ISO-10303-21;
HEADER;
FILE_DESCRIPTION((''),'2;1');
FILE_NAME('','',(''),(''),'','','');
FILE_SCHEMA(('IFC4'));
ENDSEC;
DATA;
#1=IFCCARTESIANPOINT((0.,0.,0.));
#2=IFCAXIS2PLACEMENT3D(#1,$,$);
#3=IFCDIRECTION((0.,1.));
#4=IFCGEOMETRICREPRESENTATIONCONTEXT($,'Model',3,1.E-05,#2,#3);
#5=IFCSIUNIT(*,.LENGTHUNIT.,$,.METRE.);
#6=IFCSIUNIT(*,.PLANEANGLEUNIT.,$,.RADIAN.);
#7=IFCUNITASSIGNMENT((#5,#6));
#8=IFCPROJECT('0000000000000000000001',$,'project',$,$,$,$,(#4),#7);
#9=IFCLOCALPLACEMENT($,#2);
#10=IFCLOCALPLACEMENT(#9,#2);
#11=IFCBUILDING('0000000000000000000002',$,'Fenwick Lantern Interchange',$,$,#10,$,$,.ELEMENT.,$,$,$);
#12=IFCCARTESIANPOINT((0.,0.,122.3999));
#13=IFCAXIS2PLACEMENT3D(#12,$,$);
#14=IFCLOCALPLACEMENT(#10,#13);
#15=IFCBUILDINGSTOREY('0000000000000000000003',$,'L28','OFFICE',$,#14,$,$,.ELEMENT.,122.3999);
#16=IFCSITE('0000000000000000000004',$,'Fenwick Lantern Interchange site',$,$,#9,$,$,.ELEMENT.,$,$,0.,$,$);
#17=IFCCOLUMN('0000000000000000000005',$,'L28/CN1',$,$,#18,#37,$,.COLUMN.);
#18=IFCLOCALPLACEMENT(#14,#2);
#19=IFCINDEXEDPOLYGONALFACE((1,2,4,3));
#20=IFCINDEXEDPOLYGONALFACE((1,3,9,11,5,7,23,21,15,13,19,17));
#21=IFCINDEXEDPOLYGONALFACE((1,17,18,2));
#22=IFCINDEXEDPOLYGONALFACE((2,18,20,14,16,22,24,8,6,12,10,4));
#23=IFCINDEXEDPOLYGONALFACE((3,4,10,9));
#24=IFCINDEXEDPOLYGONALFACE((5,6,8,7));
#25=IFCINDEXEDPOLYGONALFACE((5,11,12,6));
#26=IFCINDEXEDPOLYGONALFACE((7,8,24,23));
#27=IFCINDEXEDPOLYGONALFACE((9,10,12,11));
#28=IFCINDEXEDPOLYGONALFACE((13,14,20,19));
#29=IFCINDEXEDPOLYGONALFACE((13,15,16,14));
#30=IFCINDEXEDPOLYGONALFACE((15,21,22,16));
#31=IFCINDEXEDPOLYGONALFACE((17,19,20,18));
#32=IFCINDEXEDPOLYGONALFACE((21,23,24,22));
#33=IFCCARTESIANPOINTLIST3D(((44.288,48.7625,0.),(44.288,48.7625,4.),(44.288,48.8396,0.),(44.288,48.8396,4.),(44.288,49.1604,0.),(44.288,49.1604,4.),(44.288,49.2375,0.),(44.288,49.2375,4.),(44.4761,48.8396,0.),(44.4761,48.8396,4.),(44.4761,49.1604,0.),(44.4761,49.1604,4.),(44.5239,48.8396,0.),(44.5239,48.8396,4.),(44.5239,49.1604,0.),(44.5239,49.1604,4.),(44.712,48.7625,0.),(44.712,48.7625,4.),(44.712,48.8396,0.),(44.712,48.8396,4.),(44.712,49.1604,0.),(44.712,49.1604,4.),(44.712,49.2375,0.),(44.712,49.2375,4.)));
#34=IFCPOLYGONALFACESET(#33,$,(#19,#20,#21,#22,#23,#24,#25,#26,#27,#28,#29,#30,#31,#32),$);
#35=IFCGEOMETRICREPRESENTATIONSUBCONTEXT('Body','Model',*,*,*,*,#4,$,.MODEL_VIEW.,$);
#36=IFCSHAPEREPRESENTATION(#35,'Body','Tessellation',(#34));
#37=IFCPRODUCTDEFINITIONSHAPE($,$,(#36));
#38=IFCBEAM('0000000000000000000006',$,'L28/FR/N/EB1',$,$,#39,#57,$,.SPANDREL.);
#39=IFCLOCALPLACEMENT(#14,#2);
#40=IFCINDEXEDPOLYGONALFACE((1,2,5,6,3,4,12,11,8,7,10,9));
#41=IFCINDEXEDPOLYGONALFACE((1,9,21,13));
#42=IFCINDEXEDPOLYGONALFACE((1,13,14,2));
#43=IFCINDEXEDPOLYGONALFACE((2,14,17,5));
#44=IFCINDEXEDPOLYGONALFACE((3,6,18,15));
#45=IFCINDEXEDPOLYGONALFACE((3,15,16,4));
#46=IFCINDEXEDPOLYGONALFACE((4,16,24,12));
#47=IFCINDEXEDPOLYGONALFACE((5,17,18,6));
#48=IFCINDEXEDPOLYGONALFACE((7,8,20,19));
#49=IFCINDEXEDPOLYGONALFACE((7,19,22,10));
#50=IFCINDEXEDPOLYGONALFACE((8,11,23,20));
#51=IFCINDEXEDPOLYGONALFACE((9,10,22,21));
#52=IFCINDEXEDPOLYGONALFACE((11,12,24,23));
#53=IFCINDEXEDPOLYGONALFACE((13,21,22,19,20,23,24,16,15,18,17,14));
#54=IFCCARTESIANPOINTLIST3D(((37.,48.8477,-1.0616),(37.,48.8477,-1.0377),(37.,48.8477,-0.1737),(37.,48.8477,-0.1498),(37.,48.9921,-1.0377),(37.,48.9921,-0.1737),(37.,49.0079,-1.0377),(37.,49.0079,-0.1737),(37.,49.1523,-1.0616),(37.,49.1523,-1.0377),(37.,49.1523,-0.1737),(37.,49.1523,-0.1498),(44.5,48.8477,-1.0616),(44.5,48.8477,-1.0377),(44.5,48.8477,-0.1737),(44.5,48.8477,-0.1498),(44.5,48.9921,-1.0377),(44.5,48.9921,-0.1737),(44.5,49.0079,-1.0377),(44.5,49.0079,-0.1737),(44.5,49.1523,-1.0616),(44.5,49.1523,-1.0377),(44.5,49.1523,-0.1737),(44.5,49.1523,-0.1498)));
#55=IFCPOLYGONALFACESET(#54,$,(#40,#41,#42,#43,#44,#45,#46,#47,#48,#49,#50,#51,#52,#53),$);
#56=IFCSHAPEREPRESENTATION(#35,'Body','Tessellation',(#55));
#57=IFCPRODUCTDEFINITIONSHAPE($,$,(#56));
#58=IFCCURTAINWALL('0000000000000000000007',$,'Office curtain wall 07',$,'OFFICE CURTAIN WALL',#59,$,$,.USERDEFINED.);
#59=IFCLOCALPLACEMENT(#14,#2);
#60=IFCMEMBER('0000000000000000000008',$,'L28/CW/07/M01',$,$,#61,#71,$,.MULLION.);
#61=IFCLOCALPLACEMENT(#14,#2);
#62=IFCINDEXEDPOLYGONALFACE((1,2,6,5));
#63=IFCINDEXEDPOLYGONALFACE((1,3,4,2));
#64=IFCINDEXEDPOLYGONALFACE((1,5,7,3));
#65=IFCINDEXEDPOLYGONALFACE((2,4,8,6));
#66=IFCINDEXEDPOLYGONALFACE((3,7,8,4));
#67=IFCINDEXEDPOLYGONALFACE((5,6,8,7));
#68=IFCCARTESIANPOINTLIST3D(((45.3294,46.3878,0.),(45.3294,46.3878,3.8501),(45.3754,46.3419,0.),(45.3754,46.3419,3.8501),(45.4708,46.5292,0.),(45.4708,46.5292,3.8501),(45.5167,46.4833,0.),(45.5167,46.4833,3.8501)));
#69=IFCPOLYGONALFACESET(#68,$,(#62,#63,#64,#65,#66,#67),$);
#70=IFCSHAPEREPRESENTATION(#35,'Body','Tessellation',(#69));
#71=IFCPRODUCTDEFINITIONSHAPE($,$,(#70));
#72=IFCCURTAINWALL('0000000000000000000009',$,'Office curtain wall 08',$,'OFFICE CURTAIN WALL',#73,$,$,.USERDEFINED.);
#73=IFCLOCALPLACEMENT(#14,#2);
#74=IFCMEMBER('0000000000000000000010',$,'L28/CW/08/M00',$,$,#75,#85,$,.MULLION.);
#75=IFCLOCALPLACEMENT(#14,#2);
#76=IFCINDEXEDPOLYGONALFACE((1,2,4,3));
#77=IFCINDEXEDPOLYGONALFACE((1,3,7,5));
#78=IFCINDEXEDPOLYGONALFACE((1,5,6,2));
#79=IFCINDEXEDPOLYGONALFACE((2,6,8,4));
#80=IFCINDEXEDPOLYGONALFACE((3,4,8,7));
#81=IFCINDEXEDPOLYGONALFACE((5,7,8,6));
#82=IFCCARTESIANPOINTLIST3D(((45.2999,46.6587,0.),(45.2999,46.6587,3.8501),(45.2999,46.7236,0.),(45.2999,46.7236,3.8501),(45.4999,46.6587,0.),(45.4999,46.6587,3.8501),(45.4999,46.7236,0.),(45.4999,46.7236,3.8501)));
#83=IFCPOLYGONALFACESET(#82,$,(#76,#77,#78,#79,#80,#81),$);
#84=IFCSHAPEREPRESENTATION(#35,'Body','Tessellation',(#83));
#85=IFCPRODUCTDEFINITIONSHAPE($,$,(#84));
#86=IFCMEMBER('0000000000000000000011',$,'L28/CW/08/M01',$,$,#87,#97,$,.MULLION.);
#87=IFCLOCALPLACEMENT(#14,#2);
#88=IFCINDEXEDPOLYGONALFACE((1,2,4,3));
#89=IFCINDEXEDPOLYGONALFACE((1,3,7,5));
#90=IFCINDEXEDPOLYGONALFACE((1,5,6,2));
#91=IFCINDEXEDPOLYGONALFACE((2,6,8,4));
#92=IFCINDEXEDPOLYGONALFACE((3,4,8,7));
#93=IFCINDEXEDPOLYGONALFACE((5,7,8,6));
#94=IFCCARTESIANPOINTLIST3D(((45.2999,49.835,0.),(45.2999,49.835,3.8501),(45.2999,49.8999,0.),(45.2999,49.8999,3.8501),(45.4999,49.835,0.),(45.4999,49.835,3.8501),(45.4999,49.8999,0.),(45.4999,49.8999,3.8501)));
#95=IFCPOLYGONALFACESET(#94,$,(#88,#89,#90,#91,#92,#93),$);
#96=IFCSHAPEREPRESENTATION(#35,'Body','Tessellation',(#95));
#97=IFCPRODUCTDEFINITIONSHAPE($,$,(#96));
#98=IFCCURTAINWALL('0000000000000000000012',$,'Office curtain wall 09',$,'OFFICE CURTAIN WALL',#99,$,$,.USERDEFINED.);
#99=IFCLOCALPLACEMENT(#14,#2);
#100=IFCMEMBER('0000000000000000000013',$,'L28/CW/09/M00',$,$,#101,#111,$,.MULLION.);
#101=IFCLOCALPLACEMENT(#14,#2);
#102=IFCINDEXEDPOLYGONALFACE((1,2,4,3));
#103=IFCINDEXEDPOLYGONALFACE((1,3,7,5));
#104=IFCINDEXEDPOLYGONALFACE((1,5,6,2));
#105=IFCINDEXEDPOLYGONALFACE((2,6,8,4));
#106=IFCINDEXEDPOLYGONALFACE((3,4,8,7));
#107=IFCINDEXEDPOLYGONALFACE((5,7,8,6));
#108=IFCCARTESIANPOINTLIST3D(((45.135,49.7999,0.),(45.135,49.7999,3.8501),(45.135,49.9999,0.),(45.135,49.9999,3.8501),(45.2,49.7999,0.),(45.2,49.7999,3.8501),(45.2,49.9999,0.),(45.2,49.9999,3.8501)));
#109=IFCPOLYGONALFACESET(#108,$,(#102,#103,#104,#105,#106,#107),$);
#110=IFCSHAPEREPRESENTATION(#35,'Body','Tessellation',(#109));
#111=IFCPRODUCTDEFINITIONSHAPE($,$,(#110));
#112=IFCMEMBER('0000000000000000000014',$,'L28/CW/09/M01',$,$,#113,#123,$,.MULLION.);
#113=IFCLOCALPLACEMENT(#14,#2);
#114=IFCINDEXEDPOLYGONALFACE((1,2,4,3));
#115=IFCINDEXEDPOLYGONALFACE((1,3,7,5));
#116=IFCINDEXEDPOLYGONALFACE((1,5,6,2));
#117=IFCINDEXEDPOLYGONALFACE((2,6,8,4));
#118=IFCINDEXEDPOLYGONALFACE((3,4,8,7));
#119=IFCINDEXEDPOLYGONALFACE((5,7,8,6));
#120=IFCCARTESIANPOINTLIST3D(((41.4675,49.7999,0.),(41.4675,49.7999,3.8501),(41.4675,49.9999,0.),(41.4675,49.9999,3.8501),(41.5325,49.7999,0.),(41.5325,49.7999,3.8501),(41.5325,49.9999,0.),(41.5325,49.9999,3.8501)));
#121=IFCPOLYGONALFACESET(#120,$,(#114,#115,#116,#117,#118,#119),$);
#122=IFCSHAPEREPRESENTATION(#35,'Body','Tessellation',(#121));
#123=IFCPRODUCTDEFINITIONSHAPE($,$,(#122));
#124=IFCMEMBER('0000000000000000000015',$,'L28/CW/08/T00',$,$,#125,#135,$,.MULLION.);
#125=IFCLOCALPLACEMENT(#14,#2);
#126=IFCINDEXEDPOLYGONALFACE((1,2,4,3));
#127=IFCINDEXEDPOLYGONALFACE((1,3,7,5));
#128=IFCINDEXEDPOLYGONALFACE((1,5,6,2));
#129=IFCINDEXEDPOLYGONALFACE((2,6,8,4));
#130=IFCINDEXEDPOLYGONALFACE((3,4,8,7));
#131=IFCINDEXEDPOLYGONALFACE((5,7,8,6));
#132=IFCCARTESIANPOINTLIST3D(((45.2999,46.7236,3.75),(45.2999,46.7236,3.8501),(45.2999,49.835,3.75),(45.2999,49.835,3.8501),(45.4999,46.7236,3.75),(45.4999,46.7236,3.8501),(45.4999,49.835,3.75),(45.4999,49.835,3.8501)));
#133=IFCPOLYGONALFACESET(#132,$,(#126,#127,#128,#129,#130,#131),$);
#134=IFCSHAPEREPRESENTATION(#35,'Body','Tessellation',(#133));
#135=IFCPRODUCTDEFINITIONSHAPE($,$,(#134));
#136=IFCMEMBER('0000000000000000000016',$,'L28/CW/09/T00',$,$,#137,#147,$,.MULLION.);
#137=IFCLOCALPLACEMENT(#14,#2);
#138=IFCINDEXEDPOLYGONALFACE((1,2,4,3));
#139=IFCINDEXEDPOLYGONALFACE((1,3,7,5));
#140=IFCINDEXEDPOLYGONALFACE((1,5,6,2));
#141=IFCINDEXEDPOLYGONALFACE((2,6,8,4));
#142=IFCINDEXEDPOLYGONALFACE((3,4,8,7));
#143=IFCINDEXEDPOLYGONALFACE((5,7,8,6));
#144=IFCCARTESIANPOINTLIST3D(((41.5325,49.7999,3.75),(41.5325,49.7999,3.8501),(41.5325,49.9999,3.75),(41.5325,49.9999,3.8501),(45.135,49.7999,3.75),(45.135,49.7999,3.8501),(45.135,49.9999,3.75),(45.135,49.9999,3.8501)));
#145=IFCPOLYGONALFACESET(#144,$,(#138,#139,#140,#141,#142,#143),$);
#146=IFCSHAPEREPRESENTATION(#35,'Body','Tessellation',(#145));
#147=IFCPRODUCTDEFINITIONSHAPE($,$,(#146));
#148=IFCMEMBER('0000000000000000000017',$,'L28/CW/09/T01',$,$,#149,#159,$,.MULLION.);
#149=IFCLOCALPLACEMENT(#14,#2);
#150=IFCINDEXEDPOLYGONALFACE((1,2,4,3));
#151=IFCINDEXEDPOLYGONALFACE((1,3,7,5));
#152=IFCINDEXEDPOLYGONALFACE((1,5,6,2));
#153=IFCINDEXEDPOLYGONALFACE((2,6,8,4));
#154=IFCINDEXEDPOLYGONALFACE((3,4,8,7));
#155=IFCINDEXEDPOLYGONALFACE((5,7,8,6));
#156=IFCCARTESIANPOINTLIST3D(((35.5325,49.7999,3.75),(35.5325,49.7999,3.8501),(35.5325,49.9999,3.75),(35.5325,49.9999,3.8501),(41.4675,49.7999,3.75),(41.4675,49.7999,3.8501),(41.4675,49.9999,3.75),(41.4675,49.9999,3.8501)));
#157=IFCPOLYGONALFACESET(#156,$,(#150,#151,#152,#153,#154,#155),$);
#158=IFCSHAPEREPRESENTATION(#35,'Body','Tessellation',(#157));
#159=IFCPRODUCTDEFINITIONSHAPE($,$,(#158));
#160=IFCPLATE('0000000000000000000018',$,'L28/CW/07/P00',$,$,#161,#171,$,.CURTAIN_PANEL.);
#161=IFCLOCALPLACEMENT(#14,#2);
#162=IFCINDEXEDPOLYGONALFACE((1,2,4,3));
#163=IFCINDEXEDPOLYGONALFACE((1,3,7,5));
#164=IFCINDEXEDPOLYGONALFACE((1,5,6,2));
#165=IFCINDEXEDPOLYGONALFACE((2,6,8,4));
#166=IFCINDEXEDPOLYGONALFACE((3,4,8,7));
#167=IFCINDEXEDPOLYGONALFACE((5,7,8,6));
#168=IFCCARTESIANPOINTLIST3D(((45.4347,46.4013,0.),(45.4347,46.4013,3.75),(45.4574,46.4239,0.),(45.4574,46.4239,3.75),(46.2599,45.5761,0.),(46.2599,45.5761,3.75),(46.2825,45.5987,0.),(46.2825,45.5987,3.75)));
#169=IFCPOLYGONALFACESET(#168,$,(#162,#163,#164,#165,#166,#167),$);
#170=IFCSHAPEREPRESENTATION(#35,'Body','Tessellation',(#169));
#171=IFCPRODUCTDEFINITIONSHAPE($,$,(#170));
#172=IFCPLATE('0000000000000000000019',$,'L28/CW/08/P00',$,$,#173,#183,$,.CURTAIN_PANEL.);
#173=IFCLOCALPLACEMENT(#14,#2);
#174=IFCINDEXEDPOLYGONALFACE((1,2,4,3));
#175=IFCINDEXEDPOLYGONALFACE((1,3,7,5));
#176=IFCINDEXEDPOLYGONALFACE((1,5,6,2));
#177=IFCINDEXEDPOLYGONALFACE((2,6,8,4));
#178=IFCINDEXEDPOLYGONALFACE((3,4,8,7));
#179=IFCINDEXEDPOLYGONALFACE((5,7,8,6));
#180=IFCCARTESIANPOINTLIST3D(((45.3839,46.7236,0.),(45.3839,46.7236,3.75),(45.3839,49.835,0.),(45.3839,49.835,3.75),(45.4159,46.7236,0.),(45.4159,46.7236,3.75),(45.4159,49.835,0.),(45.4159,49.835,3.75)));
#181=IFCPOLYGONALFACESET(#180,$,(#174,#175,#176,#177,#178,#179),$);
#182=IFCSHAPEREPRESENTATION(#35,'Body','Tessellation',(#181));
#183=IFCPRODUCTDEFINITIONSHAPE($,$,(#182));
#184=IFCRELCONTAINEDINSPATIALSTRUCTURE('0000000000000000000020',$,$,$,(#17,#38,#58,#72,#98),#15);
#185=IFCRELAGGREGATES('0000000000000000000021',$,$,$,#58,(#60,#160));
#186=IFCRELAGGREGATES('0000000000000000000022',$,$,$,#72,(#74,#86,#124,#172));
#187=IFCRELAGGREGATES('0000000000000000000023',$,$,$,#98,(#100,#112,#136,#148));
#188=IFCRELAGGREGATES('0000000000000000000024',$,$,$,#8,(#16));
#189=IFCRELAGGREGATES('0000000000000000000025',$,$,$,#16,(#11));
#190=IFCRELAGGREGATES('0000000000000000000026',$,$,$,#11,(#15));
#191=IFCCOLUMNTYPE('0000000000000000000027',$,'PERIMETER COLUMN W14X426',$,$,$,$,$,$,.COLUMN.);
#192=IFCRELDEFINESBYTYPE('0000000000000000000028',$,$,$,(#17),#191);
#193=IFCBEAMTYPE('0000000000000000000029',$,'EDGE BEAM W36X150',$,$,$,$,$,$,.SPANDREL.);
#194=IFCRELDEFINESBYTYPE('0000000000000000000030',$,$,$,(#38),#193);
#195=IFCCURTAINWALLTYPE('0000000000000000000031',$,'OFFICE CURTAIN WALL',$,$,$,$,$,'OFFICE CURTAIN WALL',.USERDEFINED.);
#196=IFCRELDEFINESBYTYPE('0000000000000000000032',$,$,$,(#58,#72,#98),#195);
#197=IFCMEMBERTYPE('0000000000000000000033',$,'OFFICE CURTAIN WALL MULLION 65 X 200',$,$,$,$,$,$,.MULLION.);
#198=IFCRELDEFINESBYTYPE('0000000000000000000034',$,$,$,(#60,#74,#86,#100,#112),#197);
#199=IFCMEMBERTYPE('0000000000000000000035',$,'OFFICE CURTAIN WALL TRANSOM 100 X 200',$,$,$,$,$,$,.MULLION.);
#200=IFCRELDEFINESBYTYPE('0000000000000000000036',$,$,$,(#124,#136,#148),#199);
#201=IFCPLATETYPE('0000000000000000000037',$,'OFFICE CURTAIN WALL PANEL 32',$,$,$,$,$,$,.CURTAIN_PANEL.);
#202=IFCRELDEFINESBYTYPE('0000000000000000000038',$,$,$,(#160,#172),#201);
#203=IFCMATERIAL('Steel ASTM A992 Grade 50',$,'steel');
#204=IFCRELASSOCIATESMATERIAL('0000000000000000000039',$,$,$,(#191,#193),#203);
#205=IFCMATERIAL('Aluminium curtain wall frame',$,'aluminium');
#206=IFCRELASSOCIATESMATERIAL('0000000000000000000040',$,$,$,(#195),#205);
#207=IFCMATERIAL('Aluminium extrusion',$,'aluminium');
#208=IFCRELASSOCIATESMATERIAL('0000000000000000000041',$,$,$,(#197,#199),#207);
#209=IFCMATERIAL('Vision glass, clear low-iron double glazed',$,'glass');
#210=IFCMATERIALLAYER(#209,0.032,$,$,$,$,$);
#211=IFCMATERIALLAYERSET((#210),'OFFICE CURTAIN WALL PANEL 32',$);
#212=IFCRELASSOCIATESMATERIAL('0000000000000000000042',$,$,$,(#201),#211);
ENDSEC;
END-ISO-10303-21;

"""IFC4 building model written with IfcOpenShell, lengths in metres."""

from ifc_helpers import new_model, si_unit, direction, frame, origin, origin_2d, place, context, subcontext, project, spatial, rectangle, i_section, extrude, material, layer, layer_set, material_profile, profile_set, type_object, element, aggregate, save


model = new_model("IFC4")

# Units and contexts
model_context = context("Model", 3, precision=1e-05, world=origin(), true_north=direction((0.0, 1.0)))
body_context = subcontext(model_context, "Body", "Model", "MODEL_VIEW")
ifc_project = project(units=[si_unit("LENGTHUNIT", "METRE"), si_unit("PLANEANGLEUNIT", "RADIAN")], contexts=[model_context])

# Site, building, storey
site_placement = place(None, origin())
site = spatial("IfcSite", under=ifc_project, at=site_placement, Name="Fenwick Lantern Interchange site", CompositionType="ELEMENT", RefElevation=0.0)
building_placement = place(site_placement, origin())
building = spatial("IfcBuilding", under=site, at=building_placement, Name="Fenwick Lantern Interchange", CompositionType="ELEMENT")
storey_placement = place(building_placement, frame((0.0, 0.0, 122.3999)))
storey = spatial("IfcBuildingStorey", under=building, at=storey_placement, Name="L28", Description="OFFICE", CompositionType="ELEMENT", Elevation=122.3999)

# Column
ifc_material_1 = material(Name="Steel ASTM A992 Grade 50", Category="steel")
ifc_material_profile_1 = material_profile(ifc_material_1, i_section(OverallWidth=0.4241, OverallDepth=0.4751, WebThickness=0.0479, FlangeThickness=0.0771, at=origin_2d()), Name="W14X426")
ifc_profile_set_1 = profile_set([ifc_material_profile_1], Name="Steel ASTM A992 Grade 50")
column_type = type_object("IfcColumnType", Name="PERIMETER COLUMN W14X426", PredefinedType="COLUMN", material=ifc_profile_set_1)
column_placement = place(storey_placement, frame((44.5, 49.0, 0.0), z_axis=(0.0, 0.0, 1.0), x_axis=(1.0, 0.0, 0.0)))
element("IfcColumn", 1, at=column_placement, inside=storey, type_object=column_type, Name="L28/CN1", PredefinedType="COLUMN", context=body_context, shape_type="SweptSolid", body=[
    extrude(i_section(OverallWidth=0.4241, OverallDepth=0.4751, WebThickness=0.0479, FlangeThickness=0.0771, at=origin_2d()), origin(), (0.0, 0.0, 1.0), 4.0),
])

# Beam
ifc_material_profile_2 = material_profile(ifc_material_1, i_section(OverallWidth=0.3047, OverallDepth=0.9119, WebThickness=0.0159, FlangeThickness=0.0239, at=origin_2d()), Name="W36X150")
ifc_profile_set_2 = profile_set([ifc_material_profile_2], Name="Steel ASTM A992 Grade 50")
beam_type = type_object("IfcBeamType", Name="EDGE BEAM W36X150", PredefinedType="SPANDREL", material=ifc_profile_set_2)
beam_placement = place(storey_placement, frame((44.5, 49.0, -0.6057), z_axis=(-1.0, 0.0, 0.0), x_axis=(0.0, -1.0, 0.0)))
element("IfcBeam", 2, at=beam_placement, inside=storey, type_object=beam_type, Name="L28/FR/N/EB1", PredefinedType="SPANDREL", context=body_context, shape_type="SweptSolid", body=[
    extrude(i_section(OverallWidth=0.3047, OverallDepth=0.9119, WebThickness=0.0159, FlangeThickness=0.0239, at=origin_2d()), origin(), (0.0, 0.0, 1.0), 7.5),
])

# Curtain wall, member
ifc_material_2 = material(Name="Aluminium curtain wall frame", Category="aluminium")
curtain_wall_type = type_object("IfcCurtainWallType", Name="OFFICE CURTAIN WALL", ElementType="OFFICE CURTAIN WALL", PredefinedType="USERDEFINED", material=ifc_material_2)
curtain_wall_1_placement = place(storey_placement, origin())
curtain_wall_1 = element("IfcCurtainWall", 3, at=curtain_wall_1_placement, inside=storey, type_object=curtain_wall_type, Name="Office curtain wall 07", ObjectType="OFFICE CURTAIN WALL", PredefinedType="USERDEFINED")
ifc_material_3 = material(Name="Aluminium extrusion", Category="aluminium")
ifc_material_profile_3 = material_profile(ifc_material_3, rectangle(XDim=0.2, YDim=0.0649, at=origin_2d()), Name="OFFICE CURTAIN WALL MULLION 65 X 200")
ifc_profile_set_3 = profile_set([ifc_material_profile_3], Name="Aluminium extrusion")
member_type_1 = type_object("IfcMemberType", Name="OFFICE CURTAIN WALL MULLION 65 X 200", PredefinedType="MULLION", material=ifc_profile_set_3)
member_1_placement = place(storey_placement, frame((45.4231, 46.4355, 0.0), z_axis=(0.0, 0.0, 1.0), x_axis=(-0.707107, -0.707107, 0.0)))
member_1 = element("IfcMember", 4, at=member_1_placement, type_object=member_type_1, Name="L28/CW/07/M01", PredefinedType="MULLION", context=body_context, shape_type="SweptSolid", body=[
    extrude(rectangle(XDim=0.2, YDim=0.0649, at=origin_2d()), origin(), (0.0, 0.0, 1.0), 3.8501),
])

# Curtain walls, members
curtain_wall_2_placement = place(storey_placement, origin())
curtain_wall_2 = element("IfcCurtainWall", 5, at=curtain_wall_2_placement, inside=storey, type_object=curtain_wall_type, Name="Office curtain wall 08", ObjectType="OFFICE CURTAIN WALL", PredefinedType="USERDEFINED")
member_2_placement = place(storey_placement, frame((45.3999, 46.6912, 0.0), z_axis=(0.0, 0.0, 1.0), x_axis=(-1.0, 0.0, 0.0)))
member_2 = element("IfcMember", 6, at=member_2_placement, type_object=member_type_1, Name="L28/CW/08/M00", PredefinedType="MULLION", context=body_context, shape_type="SweptSolid", body=[
    extrude(rectangle(XDim=0.2, YDim=0.0649, at=origin_2d()), origin(), (0.0, 0.0, 1.0), 3.8501),
])
member_3_placement = place(storey_placement, frame((45.3999, 49.8674, 0.0), z_axis=(0.0, 0.0, 1.0), x_axis=(-1.0, 0.0, 0.0)))
member_3 = element("IfcMember", 7, at=member_3_placement, type_object=member_type_1, Name="L28/CW/08/M01", PredefinedType="MULLION", context=body_context, shape_type="SweptSolid", body=[
    extrude(rectangle(XDim=0.2, YDim=0.0649, at=origin_2d()), origin(), (0.0, 0.0, 1.0), 3.8501),
])
curtain_wall_3_placement = place(storey_placement, origin())
curtain_wall_3 = element("IfcCurtainWall", 8, at=curtain_wall_3_placement, inside=storey, type_object=curtain_wall_type, Name="Office curtain wall 09", ObjectType="OFFICE CURTAIN WALL", PredefinedType="USERDEFINED")
member_4_placement = place(storey_placement, frame((45.1675, 49.8999, 0.0), z_axis=(0.0, 0.0, 1.0), x_axis=(0.0, -1.0, 0.0)))
member_4 = element("IfcMember", 9, at=member_4_placement, type_object=member_type_1, Name="L28/CW/09/M00", PredefinedType="MULLION", context=body_context, shape_type="SweptSolid", body=[
    extrude(rectangle(XDim=0.2, YDim=0.0649, at=origin_2d()), origin(), (0.0, 0.0, 1.0), 3.8501),
])
member_5_placement = place(storey_placement, frame((41.5, 49.8999, 0.0), z_axis=(0.0, 0.0, 1.0), x_axis=(0.0, -1.0, 0.0)))
member_5 = element("IfcMember", 10, at=member_5_placement, type_object=member_type_1, Name="L28/CW/09/M01", PredefinedType="MULLION", context=body_context, shape_type="SweptSolid", body=[
    extrude(rectangle(XDim=0.2, YDim=0.0649, at=origin_2d()), origin(), (0.0, 0.0, 1.0), 3.8501),
])

# Members
ifc_material_profile_4 = material_profile(ifc_material_3, rectangle(XDim=0.2, YDim=0.1001, at=origin_2d()), Name="OFFICE CURTAIN WALL TRANSOM 100 X 200")
ifc_profile_set_4 = profile_set([ifc_material_profile_4], Name="Aluminium extrusion")
member_type_2 = type_object("IfcMemberType", Name="OFFICE CURTAIN WALL TRANSOM 100 X 200", PredefinedType="MULLION", material=ifc_profile_set_4)
member_6_placement = place(storey_placement, frame((45.3999, 46.7236, 3.8), z_axis=(0.0, 1.0, 0.0), x_axis=(-1.0, 0.0, 0.0)))
member_6 = element("IfcMember", 11, at=member_6_placement, type_object=member_type_2, Name="L28/CW/08/T00", PredefinedType="MULLION", context=body_context, shape_type="SweptSolid", body=[
    extrude(rectangle(XDim=0.2, YDim=0.1001, at=origin_2d()), origin(), (0.0, 0.0, 1.0), 3.1113),
])
member_7_placement = place(storey_placement, frame((45.135, 49.8999, 3.8), z_axis=(-1.0, 0.0, 0.0), x_axis=(0.0, -1.0, 0.0)))
member_7 = element("IfcMember", 12, at=member_7_placement, type_object=member_type_2, Name="L28/CW/09/T00", PredefinedType="MULLION", context=body_context, shape_type="SweptSolid", body=[
    extrude(rectangle(XDim=0.2, YDim=0.1001, at=origin_2d()), origin(), (0.0, 0.0, 1.0), 3.6025),
])
member_8_placement = place(storey_placement, frame((41.4675, 49.8999, 3.8), z_axis=(-1.0, 0.0, 0.0), x_axis=(0.0, -1.0, 0.0)))
member_8 = element("IfcMember", 13, at=member_8_placement, type_object=member_type_2, Name="L28/CW/09/T01", PredefinedType="MULLION", context=body_context, shape_type="SweptSolid", body=[
    extrude(rectangle(XDim=0.2, YDim=0.1001, at=origin_2d()), origin(), (0.0, 0.0, 1.0), 5.9351),
])

# Plates
ifc_material_4 = material(Name="Vision glass, clear low-iron double glazed", Category="glass")
ifc_layer_1 = layer(ifc_material_4, 0.032)
ifc_layer_set_1 = layer_set([ifc_layer_1], Name="OFFICE CURTAIN WALL PANEL 32")
plate_type = type_object("IfcPlateType", Name="OFFICE CURTAIN WALL PANEL 32", PredefinedType="CURTAIN_PANEL", material=ifc_layer_set_1)
plate_1_placement = place(storey_placement, frame((45.8586, 46.0, 0.0), z_axis=(0.0, 0.0, 1.0), x_axis=(-0.707107, 0.707107, 0.0)))
plate_1 = element("IfcPlate", 14, at=plate_1_placement, type_object=plate_type, Name="L28/CW/07/P00", PredefinedType="CURTAIN_PANEL", context=body_context, shape_type="SweptSolid", body=[
    extrude(rectangle(XDim=1.167, YDim=0.032, at=origin_2d()), origin(), (0.0, 0.0, 1.0), 3.75),
])
aggregate(curtain_wall_1, [member_1, plate_1])
plate_2_placement = place(storey_placement, frame((45.3999, 48.2793, 0.0), z_axis=(0.0, 0.0, 1.0), x_axis=(0.0, 1.0, 0.0)))
plate_2 = element("IfcPlate", 15, at=plate_2_placement, type_object=plate_type, Name="L28/CW/08/P00", PredefinedType="CURTAIN_PANEL", context=body_context, shape_type="SweptSolid", body=[
    extrude(rectangle(XDim=3.1113, YDim=0.032, at=origin_2d()), origin(), (0.0, 0.0, 1.0), 3.75),
])
aggregate(curtain_wall_2, [member_2, member_3, member_6, plate_2])
aggregate(curtain_wall_3, [member_4, member_5, member_7, member_8])

save(model, "model.ifc")
